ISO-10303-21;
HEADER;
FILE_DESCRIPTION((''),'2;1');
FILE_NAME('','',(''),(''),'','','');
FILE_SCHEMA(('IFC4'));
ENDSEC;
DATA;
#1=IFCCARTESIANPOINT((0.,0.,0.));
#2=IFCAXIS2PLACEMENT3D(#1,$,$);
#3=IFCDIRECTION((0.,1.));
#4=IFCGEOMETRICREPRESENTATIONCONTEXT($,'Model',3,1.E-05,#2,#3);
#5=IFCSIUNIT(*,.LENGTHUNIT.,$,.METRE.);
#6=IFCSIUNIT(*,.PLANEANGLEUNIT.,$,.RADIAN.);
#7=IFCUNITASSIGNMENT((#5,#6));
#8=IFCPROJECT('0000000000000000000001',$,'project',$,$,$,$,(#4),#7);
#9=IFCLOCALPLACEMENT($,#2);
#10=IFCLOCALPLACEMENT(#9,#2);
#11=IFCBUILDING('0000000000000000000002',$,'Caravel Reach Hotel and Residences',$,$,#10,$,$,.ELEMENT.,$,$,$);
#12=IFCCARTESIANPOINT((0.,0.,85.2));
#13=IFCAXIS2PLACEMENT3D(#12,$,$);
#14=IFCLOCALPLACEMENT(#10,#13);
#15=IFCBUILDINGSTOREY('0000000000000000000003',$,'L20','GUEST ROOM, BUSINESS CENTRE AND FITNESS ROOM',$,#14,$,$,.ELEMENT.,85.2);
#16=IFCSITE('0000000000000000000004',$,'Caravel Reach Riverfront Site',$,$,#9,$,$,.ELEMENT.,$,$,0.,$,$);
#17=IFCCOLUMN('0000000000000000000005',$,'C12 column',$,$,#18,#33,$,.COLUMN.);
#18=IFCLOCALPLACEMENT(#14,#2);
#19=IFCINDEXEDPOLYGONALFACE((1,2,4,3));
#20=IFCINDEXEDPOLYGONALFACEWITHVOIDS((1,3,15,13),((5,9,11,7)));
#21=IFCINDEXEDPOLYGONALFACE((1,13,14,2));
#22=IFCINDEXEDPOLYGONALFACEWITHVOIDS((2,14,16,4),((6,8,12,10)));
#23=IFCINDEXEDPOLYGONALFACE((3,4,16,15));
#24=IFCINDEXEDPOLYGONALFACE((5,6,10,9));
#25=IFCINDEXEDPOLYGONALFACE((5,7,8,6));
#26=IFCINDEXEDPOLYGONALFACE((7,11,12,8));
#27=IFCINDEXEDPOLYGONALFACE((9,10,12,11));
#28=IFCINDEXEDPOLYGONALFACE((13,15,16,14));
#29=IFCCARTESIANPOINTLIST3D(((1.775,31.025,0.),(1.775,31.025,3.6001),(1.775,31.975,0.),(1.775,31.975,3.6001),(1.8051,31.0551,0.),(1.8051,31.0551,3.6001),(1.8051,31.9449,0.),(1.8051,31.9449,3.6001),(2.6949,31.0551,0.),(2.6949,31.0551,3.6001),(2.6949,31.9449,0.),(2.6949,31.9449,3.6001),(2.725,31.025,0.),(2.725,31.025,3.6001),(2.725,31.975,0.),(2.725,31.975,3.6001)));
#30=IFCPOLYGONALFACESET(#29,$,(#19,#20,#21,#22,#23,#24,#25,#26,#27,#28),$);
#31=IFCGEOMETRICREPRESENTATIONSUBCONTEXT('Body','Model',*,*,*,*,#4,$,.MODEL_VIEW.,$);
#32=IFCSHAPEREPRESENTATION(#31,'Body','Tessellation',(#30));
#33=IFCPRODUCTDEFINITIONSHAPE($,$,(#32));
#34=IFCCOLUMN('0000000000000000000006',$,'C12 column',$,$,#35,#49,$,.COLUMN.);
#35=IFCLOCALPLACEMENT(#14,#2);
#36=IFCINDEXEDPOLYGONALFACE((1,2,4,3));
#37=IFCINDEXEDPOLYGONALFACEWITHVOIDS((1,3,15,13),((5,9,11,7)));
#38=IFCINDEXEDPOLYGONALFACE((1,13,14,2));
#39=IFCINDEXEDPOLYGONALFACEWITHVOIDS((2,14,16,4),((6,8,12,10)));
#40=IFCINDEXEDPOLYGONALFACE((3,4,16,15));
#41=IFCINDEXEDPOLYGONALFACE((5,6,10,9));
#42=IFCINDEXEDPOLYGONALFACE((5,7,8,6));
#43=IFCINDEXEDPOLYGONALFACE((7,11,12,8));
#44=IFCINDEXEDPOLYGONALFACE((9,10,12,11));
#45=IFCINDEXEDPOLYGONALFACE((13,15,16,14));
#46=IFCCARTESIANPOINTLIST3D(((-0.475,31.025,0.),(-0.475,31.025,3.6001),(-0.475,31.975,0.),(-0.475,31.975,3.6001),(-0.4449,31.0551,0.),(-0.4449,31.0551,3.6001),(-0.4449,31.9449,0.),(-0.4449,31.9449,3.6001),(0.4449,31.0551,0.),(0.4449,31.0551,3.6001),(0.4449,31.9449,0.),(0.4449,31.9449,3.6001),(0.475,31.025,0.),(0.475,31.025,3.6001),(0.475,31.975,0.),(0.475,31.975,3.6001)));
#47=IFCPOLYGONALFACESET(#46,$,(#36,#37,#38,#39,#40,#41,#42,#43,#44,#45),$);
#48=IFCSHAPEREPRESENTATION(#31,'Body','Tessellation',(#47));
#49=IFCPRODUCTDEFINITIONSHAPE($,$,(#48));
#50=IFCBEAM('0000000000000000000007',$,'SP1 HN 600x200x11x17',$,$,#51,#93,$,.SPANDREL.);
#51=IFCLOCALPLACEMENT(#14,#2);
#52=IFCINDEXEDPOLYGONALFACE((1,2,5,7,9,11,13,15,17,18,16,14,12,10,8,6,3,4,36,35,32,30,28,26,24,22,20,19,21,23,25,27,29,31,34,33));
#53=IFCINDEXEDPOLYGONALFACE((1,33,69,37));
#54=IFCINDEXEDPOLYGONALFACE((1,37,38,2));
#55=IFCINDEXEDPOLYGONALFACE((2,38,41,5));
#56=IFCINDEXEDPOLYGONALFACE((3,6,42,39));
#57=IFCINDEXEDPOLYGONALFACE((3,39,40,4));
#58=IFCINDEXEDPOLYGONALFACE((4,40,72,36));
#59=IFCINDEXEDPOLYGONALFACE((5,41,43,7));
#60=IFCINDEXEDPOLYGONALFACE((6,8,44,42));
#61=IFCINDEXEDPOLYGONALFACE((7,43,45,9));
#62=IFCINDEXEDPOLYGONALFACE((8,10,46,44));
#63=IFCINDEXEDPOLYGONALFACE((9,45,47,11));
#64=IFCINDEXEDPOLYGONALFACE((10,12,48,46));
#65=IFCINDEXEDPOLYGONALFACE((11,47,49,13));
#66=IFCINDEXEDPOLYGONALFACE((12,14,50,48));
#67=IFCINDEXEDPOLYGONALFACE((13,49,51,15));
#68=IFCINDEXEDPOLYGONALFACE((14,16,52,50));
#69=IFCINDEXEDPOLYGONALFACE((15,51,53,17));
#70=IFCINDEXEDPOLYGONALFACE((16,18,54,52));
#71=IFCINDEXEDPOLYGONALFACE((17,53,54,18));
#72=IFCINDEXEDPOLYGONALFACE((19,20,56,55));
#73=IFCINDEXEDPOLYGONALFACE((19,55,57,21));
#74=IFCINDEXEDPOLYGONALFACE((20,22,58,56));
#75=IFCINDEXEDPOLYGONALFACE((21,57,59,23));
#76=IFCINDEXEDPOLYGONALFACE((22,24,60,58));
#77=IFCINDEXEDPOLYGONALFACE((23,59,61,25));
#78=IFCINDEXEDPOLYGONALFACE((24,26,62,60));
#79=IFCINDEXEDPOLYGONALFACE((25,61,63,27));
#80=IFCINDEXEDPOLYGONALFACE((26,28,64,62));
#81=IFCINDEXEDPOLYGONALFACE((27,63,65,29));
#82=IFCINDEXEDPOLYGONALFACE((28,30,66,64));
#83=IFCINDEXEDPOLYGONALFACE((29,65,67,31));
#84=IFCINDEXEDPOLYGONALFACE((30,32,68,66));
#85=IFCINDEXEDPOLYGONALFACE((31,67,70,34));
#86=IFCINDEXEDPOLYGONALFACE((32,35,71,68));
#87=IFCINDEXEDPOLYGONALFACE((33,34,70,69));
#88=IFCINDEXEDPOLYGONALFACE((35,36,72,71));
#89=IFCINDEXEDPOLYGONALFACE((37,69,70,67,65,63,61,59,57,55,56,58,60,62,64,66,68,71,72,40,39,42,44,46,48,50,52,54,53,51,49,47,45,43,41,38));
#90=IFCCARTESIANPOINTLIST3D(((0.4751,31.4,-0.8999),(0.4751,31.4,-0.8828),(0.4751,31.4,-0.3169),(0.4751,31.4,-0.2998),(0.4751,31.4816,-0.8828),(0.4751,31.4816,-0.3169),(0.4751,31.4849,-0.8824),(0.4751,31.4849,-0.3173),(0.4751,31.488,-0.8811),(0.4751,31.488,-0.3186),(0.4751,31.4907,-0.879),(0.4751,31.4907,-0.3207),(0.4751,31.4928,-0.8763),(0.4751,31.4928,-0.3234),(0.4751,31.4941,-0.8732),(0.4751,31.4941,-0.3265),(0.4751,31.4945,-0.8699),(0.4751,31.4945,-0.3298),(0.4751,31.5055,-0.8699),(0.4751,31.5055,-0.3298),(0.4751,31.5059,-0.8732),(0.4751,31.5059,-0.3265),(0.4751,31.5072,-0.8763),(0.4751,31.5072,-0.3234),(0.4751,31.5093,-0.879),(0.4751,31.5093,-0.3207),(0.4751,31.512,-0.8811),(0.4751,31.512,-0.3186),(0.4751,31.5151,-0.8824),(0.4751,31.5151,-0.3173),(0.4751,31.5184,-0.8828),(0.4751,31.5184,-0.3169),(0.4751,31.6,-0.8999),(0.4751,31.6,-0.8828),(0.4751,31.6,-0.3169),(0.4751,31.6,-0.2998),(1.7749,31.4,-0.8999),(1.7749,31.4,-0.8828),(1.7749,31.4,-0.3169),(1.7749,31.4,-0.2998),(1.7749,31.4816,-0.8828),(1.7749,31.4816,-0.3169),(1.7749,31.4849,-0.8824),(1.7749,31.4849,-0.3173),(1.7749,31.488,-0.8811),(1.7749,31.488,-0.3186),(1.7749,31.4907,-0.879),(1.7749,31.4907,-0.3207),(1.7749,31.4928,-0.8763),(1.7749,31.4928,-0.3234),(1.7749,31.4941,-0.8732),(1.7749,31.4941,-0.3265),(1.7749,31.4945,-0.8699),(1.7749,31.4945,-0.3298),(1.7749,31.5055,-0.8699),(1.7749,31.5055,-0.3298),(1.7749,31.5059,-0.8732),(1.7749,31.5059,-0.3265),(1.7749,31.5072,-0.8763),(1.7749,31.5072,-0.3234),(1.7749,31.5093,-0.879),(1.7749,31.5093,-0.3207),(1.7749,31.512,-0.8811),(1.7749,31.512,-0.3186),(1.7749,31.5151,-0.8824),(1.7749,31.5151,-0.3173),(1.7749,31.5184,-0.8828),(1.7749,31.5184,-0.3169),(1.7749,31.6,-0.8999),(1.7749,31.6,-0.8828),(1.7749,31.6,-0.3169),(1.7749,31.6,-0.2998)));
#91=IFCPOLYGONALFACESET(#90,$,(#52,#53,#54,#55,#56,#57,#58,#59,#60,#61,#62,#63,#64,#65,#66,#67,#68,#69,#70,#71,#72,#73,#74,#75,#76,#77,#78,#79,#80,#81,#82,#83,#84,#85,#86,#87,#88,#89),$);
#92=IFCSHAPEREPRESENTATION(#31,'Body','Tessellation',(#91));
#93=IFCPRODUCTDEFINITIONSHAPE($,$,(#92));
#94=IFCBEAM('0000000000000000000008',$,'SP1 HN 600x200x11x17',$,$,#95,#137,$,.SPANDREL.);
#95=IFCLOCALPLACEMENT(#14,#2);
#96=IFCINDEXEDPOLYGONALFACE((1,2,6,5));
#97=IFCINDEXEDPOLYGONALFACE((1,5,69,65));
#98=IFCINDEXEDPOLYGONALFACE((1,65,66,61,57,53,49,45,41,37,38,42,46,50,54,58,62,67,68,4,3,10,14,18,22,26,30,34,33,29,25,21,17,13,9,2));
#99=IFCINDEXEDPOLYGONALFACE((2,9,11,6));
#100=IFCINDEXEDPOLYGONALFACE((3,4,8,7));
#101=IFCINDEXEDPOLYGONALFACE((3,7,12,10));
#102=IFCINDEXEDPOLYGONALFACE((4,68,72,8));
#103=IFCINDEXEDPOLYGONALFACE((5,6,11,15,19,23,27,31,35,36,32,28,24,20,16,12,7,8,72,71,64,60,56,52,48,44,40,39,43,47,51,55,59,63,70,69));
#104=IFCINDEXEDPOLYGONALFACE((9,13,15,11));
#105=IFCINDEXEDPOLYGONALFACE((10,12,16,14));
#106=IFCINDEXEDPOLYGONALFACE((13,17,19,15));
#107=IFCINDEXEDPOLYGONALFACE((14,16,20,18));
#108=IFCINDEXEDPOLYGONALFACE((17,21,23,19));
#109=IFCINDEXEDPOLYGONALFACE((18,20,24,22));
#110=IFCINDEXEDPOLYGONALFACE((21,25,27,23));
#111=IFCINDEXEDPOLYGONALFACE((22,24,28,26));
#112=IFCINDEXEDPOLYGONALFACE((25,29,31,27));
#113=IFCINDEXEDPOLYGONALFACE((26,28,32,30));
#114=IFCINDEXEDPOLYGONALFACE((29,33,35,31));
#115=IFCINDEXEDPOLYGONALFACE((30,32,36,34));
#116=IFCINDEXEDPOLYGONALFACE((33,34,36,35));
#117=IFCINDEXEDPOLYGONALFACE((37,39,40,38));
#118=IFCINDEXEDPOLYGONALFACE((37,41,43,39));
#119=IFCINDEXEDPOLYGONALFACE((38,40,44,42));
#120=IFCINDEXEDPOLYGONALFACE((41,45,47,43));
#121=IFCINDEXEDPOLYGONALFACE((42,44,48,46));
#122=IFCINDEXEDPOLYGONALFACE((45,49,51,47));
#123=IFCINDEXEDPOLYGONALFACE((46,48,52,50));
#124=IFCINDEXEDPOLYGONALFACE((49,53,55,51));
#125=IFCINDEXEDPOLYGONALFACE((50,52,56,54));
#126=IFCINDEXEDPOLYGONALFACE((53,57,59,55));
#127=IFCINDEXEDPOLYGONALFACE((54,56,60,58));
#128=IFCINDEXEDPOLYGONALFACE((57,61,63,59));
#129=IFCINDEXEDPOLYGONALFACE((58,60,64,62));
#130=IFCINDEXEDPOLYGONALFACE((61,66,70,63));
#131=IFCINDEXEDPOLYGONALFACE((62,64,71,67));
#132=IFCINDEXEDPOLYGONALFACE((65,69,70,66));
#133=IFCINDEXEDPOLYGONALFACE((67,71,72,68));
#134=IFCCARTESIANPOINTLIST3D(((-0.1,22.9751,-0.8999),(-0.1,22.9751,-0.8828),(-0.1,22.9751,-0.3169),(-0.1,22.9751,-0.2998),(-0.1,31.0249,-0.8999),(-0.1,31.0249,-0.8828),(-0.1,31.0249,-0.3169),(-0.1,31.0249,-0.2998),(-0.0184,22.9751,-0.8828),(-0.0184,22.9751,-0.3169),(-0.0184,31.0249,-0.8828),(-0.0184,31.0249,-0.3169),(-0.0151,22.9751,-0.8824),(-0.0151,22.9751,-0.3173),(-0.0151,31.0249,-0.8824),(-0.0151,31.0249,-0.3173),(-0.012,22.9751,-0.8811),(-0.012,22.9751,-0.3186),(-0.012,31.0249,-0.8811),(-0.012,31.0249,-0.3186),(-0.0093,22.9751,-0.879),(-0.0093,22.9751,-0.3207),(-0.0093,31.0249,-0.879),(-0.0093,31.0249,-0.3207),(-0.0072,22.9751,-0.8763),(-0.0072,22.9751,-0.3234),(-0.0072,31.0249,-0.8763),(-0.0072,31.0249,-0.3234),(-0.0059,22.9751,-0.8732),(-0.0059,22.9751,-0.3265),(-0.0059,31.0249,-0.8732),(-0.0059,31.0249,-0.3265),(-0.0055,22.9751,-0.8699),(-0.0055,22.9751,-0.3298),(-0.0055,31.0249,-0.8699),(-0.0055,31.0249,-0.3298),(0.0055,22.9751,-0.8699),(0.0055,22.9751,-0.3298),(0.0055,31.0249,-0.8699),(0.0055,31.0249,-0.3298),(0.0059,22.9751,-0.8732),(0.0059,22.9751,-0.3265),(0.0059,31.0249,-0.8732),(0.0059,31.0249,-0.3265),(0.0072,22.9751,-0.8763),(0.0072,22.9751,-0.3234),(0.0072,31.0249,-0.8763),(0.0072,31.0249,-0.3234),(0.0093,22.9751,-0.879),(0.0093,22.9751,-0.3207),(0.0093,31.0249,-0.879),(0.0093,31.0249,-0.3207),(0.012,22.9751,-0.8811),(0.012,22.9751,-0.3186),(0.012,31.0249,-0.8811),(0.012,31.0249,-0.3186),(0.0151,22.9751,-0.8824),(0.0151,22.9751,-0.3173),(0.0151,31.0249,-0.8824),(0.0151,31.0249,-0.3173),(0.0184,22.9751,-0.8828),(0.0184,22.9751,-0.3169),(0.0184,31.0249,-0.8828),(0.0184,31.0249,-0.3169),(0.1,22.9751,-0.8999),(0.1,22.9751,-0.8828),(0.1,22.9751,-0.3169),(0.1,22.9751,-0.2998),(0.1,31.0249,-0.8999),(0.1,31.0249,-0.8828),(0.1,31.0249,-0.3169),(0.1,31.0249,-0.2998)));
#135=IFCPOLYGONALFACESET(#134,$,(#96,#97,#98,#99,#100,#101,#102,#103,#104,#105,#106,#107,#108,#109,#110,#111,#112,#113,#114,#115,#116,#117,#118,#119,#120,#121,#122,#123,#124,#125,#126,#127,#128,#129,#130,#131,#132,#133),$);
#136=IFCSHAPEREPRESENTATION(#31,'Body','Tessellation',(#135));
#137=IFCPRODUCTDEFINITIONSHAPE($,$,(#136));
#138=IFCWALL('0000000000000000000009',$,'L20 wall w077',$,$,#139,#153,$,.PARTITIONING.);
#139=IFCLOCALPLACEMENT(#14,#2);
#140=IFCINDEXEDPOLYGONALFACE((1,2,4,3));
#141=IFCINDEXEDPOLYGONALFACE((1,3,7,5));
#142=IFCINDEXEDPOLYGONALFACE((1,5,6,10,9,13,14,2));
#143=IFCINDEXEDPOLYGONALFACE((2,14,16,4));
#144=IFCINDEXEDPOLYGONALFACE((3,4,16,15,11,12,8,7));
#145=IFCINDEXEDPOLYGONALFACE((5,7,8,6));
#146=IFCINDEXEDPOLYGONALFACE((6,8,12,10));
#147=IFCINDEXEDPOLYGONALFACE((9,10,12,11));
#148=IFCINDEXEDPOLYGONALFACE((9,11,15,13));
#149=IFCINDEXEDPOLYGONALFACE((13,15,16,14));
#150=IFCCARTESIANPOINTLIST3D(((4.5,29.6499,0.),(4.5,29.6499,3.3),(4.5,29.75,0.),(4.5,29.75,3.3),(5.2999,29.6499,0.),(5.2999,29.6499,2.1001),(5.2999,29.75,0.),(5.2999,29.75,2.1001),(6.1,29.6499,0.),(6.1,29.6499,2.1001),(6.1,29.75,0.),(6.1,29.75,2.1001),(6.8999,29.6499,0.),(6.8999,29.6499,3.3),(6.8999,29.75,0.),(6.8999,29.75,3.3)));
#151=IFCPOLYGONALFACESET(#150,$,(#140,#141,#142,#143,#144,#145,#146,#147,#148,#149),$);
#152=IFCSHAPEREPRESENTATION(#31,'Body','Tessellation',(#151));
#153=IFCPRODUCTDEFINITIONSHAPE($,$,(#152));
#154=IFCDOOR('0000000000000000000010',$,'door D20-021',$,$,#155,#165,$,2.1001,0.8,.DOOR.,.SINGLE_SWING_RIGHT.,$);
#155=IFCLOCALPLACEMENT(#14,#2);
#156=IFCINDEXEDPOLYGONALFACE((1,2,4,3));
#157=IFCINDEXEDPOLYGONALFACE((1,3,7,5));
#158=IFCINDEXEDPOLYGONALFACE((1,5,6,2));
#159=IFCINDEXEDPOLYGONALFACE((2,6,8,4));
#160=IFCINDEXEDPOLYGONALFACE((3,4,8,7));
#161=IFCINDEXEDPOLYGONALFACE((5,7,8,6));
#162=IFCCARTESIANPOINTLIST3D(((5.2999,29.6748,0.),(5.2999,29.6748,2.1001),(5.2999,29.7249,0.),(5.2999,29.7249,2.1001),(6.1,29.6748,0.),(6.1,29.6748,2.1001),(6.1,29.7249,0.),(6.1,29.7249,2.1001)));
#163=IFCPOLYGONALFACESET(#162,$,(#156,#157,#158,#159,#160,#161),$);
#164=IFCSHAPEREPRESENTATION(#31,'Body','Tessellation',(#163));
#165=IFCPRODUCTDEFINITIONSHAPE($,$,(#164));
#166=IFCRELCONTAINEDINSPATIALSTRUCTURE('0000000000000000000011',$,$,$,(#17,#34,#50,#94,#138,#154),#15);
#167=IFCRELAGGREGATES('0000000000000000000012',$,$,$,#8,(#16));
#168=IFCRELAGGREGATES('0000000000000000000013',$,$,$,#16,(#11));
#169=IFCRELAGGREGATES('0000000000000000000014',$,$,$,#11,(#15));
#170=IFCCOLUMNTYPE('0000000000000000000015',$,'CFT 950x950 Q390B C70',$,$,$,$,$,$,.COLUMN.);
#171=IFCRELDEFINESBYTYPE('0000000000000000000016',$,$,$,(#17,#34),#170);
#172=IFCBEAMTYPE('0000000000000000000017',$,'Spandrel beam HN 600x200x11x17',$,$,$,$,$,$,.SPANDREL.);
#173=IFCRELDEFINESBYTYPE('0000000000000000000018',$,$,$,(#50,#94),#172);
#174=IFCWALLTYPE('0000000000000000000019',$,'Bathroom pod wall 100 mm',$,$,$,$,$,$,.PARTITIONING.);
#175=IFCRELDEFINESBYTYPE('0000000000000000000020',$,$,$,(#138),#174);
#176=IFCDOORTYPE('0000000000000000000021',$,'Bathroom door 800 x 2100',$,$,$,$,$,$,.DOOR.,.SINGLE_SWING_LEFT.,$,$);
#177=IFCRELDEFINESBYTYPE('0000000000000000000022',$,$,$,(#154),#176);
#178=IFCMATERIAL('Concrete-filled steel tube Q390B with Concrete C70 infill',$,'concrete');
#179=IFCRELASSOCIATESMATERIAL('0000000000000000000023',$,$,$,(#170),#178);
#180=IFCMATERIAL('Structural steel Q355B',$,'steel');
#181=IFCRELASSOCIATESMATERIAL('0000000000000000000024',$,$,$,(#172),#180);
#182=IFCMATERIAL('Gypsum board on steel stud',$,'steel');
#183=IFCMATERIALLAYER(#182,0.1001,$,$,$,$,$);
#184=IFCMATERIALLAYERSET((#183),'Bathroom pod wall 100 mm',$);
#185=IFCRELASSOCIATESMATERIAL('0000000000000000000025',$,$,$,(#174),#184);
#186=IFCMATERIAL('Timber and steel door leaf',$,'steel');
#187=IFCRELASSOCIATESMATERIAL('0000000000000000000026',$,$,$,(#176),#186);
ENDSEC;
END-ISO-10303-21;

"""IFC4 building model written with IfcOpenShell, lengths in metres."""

from ifc_helpers import new_model, si_unit, direction, frame, frame_2d, origin, origin_2d, place, context, subcontext, project, spatial, rectangle, hollow_rectangle, i_section, extrude, material, layer, layer_set, material_profile, profile_set, type_object, element, fill, save


model = new_model("IFC4")

# Units and contexts
model_context = context("Model", 3, precision=1e-05, world=origin(), true_north=direction((0.0, 1.0)))
body_context = subcontext(model_context, "Body", "Model", "MODEL_VIEW")
ifc_project = project(units=[si_unit("LENGTHUNIT", "METRE"), si_unit("PLANEANGLEUNIT", "RADIAN")], contexts=[model_context])

# Site, building, storey
site_placement = place(None, origin())
site = spatial("IfcSite", under=ifc_project, at=site_placement, Name="Caravel Reach Riverfront Site", CompositionType="ELEMENT", RefElevation=0.0)
building_placement = place(site_placement, origin())
building = spatial("IfcBuilding", under=site, at=building_placement, Name="Caravel Reach Hotel and Residences", CompositionType="ELEMENT")
storey_placement = place(building_placement, frame((0.0, 0.0, 85.2)))
storey = spatial("IfcBuildingStorey", under=building, at=storey_placement, Name="L20", Description="GUEST ROOM, BUSINESS CENTRE AND FITNESS ROOM", CompositionType="ELEMENT", Elevation=85.2)

# Columns
ifc_material_1 = material(Name="Concrete-filled steel tube Q390B with Concrete C70 infill", Category="concrete")
ifc_material_profile_1 = material_profile(ifc_material_1, hollow_rectangle(XDim=0.95, YDim=0.95, WallThickness=0.03, at=origin_2d()), Name="RHS 950x950x30")
ifc_profile_set_1 = profile_set([ifc_material_profile_1], Name="Concrete-filled steel tube Q390B with Concrete C70 infill")
column_type = type_object("IfcColumnType", Name="CFT 950x950 Q390B C70", PredefinedType="COLUMN", material=ifc_profile_set_1)
for number, where, z_axis, x_axis, name in (
    (1, (2.25, 31.5, 0.0), (0.0, 0.0, 1.0), (1.0, 0.0, 0.0), "C12 column"),
    (2, (0.0, 31.5, 0.0), (0.0, 0.0, 1.0), (1.0, 0.0, 0.0), "C12 column"),
):
    element("IfcColumn", number, at=place(storey_placement, frame(where, z_axis=z_axis, x_axis=x_axis)), inside=storey, type_object=column_type, Name=name, PredefinedType="COLUMN", context=body_context, shape_type="SweptSolid", body=[
        extrude(hollow_rectangle(XDim=0.95, YDim=0.95, WallThickness=0.03, at=origin_2d()), origin(), (0.0, 0.0, 1.0), 3.6001),
    ])

# Beams
ifc_material_2 = material(Name="Structural steel Q355B", Category="steel")
ifc_material_profile_2 = material_profile(ifc_material_2, i_section(OverallWidth=0.2, OverallDepth=0.6001, WebThickness=0.011, FlangeThickness=0.0171, FilletRadius=0.0129, at=origin_2d()), Name="HN 600x200x11x17")
ifc_profile_set_2 = profile_set([ifc_material_profile_2], Name="Structural steel Q355B")
beam_type = type_object("IfcBeamType", Name="Spandrel beam HN 600x200x11x17", PredefinedType="SPANDREL", material=ifc_profile_set_2)
beam_1_placement = place(storey_placement, frame((1.7749, 31.5, -0.5999), z_axis=(-1.0, 0.0, 0.0), x_axis=(0.0, -1.0, 0.0)))
element("IfcBeam", 3, at=beam_1_placement, inside=storey, type_object=beam_type, Name="SP1 HN 600x200x11x17", PredefinedType="SPANDREL", context=body_context, shape_type="SweptSolid", body=[
    extrude(i_section(OverallWidth=0.2, OverallDepth=0.6001, WebThickness=0.011, FlangeThickness=0.0171, FilletRadius=0.0129, at=origin_2d()), origin(), (0.0, 0.0, 1.0), 1.2998),
])
beam_2_placement = place(storey_placement, frame((0.0, 31.0249, -0.5999), z_axis=(0.0, -1.0, 0.0), x_axis=(1.0, 0.0, 0.0)))
element("IfcBeam", 4, at=beam_2_placement, inside=storey, type_object=beam_type, Name="SP1 HN 600x200x11x17", PredefinedType="SPANDREL", context=body_context, shape_type="SweptSolid", body=[
    extrude(i_section(OverallWidth=0.2, OverallDepth=0.6001, WebThickness=0.011, FlangeThickness=0.0171, FilletRadius=0.0129, at=origin_2d()), origin(), (0.0, 0.0, 1.0), 8.0498),
])

# Wall, opening, door
ifc_material_3 = material(Name="Gypsum board on steel stud", Category="steel")
ifc_layer_1 = layer(ifc_material_3, 0.1001)
ifc_layer_set_1 = layer_set([ifc_layer_1], Name="Bathroom pod wall 100 mm")
wall_type_1 = type_object("IfcWallType", Name="Bathroom pod wall 100 mm", PredefinedType="PARTITIONING", material=ifc_layer_set_1)
wall_1_placement = place(storey_placement, frame((4.5, 29.7, 0.0), z_axis=(0.0, 0.0, 1.0), x_axis=(1.0, 0.0, 0.0)))
wall_1 = element("IfcWall", 5, at=wall_1_placement, inside=storey, type_object=wall_type_1, Name="L20 wall w077", PredefinedType="PARTITIONING", context=body_context, shape_type="SweptSolid", body=[
    extrude(rectangle(XDim=2.3999, YDim=0.1001, at=frame_2d((1.2, 0.0))), origin(), (0.0, 0.0, 1.0), 3.3),
])
opening_1_placement = place(wall_1_placement, frame((0.8, 0.0, 0.0)))
opening_1 = element("IfcOpeningElement", 6, at=opening_1_placement, cuts=wall_1, PredefinedType="OPENING", context=body_context, shape_type="SweptSolid", body=[
    extrude(rectangle(XDim=0.8, YDim=2.1001, at=frame_2d((0.3999, 1.05))), frame((0.0, 0.0601, 0.0), z_axis=(0.0, -1.0, 0.0), x_axis=(1.0, 0.0, 0.0)), (0.0, 0.0, 1.0), 0.1201),
])
ifc_material_4 = material(Name="Timber and steel door leaf", Category="steel")
door_type_1 = type_object("IfcDoorType", Name="Bathroom door 800 x 2100", OperationType="SINGLE_SWING_LEFT", PredefinedType="DOOR", material=ifc_material_4)
door_1_placement = place(opening_1_placement, origin())
door_1 = element("IfcDoor", 7, at=door_1_placement, inside=storey, type_object=door_type_1, Name="door D20-021", OperationType="SINGLE_SWING_RIGHT", OverallHeight=2.1001, OverallWidth=0.8, PredefinedType="DOOR", context=body_context, shape_type="SweptSolid", body=[
    extrude(rectangle(XDim=0.8, YDim=2.1001, at=frame_2d((0.3999, 1.05))), frame((0.0, 0.0249, 0.0), z_axis=(0.0, -1.0, 0.0), x_axis=(1.0, 0.0, 0.0)), (0.0, 0.0, 1.0), 0.05),
])
fill(opening_1, door_1)

save(model, "model.ifc")
